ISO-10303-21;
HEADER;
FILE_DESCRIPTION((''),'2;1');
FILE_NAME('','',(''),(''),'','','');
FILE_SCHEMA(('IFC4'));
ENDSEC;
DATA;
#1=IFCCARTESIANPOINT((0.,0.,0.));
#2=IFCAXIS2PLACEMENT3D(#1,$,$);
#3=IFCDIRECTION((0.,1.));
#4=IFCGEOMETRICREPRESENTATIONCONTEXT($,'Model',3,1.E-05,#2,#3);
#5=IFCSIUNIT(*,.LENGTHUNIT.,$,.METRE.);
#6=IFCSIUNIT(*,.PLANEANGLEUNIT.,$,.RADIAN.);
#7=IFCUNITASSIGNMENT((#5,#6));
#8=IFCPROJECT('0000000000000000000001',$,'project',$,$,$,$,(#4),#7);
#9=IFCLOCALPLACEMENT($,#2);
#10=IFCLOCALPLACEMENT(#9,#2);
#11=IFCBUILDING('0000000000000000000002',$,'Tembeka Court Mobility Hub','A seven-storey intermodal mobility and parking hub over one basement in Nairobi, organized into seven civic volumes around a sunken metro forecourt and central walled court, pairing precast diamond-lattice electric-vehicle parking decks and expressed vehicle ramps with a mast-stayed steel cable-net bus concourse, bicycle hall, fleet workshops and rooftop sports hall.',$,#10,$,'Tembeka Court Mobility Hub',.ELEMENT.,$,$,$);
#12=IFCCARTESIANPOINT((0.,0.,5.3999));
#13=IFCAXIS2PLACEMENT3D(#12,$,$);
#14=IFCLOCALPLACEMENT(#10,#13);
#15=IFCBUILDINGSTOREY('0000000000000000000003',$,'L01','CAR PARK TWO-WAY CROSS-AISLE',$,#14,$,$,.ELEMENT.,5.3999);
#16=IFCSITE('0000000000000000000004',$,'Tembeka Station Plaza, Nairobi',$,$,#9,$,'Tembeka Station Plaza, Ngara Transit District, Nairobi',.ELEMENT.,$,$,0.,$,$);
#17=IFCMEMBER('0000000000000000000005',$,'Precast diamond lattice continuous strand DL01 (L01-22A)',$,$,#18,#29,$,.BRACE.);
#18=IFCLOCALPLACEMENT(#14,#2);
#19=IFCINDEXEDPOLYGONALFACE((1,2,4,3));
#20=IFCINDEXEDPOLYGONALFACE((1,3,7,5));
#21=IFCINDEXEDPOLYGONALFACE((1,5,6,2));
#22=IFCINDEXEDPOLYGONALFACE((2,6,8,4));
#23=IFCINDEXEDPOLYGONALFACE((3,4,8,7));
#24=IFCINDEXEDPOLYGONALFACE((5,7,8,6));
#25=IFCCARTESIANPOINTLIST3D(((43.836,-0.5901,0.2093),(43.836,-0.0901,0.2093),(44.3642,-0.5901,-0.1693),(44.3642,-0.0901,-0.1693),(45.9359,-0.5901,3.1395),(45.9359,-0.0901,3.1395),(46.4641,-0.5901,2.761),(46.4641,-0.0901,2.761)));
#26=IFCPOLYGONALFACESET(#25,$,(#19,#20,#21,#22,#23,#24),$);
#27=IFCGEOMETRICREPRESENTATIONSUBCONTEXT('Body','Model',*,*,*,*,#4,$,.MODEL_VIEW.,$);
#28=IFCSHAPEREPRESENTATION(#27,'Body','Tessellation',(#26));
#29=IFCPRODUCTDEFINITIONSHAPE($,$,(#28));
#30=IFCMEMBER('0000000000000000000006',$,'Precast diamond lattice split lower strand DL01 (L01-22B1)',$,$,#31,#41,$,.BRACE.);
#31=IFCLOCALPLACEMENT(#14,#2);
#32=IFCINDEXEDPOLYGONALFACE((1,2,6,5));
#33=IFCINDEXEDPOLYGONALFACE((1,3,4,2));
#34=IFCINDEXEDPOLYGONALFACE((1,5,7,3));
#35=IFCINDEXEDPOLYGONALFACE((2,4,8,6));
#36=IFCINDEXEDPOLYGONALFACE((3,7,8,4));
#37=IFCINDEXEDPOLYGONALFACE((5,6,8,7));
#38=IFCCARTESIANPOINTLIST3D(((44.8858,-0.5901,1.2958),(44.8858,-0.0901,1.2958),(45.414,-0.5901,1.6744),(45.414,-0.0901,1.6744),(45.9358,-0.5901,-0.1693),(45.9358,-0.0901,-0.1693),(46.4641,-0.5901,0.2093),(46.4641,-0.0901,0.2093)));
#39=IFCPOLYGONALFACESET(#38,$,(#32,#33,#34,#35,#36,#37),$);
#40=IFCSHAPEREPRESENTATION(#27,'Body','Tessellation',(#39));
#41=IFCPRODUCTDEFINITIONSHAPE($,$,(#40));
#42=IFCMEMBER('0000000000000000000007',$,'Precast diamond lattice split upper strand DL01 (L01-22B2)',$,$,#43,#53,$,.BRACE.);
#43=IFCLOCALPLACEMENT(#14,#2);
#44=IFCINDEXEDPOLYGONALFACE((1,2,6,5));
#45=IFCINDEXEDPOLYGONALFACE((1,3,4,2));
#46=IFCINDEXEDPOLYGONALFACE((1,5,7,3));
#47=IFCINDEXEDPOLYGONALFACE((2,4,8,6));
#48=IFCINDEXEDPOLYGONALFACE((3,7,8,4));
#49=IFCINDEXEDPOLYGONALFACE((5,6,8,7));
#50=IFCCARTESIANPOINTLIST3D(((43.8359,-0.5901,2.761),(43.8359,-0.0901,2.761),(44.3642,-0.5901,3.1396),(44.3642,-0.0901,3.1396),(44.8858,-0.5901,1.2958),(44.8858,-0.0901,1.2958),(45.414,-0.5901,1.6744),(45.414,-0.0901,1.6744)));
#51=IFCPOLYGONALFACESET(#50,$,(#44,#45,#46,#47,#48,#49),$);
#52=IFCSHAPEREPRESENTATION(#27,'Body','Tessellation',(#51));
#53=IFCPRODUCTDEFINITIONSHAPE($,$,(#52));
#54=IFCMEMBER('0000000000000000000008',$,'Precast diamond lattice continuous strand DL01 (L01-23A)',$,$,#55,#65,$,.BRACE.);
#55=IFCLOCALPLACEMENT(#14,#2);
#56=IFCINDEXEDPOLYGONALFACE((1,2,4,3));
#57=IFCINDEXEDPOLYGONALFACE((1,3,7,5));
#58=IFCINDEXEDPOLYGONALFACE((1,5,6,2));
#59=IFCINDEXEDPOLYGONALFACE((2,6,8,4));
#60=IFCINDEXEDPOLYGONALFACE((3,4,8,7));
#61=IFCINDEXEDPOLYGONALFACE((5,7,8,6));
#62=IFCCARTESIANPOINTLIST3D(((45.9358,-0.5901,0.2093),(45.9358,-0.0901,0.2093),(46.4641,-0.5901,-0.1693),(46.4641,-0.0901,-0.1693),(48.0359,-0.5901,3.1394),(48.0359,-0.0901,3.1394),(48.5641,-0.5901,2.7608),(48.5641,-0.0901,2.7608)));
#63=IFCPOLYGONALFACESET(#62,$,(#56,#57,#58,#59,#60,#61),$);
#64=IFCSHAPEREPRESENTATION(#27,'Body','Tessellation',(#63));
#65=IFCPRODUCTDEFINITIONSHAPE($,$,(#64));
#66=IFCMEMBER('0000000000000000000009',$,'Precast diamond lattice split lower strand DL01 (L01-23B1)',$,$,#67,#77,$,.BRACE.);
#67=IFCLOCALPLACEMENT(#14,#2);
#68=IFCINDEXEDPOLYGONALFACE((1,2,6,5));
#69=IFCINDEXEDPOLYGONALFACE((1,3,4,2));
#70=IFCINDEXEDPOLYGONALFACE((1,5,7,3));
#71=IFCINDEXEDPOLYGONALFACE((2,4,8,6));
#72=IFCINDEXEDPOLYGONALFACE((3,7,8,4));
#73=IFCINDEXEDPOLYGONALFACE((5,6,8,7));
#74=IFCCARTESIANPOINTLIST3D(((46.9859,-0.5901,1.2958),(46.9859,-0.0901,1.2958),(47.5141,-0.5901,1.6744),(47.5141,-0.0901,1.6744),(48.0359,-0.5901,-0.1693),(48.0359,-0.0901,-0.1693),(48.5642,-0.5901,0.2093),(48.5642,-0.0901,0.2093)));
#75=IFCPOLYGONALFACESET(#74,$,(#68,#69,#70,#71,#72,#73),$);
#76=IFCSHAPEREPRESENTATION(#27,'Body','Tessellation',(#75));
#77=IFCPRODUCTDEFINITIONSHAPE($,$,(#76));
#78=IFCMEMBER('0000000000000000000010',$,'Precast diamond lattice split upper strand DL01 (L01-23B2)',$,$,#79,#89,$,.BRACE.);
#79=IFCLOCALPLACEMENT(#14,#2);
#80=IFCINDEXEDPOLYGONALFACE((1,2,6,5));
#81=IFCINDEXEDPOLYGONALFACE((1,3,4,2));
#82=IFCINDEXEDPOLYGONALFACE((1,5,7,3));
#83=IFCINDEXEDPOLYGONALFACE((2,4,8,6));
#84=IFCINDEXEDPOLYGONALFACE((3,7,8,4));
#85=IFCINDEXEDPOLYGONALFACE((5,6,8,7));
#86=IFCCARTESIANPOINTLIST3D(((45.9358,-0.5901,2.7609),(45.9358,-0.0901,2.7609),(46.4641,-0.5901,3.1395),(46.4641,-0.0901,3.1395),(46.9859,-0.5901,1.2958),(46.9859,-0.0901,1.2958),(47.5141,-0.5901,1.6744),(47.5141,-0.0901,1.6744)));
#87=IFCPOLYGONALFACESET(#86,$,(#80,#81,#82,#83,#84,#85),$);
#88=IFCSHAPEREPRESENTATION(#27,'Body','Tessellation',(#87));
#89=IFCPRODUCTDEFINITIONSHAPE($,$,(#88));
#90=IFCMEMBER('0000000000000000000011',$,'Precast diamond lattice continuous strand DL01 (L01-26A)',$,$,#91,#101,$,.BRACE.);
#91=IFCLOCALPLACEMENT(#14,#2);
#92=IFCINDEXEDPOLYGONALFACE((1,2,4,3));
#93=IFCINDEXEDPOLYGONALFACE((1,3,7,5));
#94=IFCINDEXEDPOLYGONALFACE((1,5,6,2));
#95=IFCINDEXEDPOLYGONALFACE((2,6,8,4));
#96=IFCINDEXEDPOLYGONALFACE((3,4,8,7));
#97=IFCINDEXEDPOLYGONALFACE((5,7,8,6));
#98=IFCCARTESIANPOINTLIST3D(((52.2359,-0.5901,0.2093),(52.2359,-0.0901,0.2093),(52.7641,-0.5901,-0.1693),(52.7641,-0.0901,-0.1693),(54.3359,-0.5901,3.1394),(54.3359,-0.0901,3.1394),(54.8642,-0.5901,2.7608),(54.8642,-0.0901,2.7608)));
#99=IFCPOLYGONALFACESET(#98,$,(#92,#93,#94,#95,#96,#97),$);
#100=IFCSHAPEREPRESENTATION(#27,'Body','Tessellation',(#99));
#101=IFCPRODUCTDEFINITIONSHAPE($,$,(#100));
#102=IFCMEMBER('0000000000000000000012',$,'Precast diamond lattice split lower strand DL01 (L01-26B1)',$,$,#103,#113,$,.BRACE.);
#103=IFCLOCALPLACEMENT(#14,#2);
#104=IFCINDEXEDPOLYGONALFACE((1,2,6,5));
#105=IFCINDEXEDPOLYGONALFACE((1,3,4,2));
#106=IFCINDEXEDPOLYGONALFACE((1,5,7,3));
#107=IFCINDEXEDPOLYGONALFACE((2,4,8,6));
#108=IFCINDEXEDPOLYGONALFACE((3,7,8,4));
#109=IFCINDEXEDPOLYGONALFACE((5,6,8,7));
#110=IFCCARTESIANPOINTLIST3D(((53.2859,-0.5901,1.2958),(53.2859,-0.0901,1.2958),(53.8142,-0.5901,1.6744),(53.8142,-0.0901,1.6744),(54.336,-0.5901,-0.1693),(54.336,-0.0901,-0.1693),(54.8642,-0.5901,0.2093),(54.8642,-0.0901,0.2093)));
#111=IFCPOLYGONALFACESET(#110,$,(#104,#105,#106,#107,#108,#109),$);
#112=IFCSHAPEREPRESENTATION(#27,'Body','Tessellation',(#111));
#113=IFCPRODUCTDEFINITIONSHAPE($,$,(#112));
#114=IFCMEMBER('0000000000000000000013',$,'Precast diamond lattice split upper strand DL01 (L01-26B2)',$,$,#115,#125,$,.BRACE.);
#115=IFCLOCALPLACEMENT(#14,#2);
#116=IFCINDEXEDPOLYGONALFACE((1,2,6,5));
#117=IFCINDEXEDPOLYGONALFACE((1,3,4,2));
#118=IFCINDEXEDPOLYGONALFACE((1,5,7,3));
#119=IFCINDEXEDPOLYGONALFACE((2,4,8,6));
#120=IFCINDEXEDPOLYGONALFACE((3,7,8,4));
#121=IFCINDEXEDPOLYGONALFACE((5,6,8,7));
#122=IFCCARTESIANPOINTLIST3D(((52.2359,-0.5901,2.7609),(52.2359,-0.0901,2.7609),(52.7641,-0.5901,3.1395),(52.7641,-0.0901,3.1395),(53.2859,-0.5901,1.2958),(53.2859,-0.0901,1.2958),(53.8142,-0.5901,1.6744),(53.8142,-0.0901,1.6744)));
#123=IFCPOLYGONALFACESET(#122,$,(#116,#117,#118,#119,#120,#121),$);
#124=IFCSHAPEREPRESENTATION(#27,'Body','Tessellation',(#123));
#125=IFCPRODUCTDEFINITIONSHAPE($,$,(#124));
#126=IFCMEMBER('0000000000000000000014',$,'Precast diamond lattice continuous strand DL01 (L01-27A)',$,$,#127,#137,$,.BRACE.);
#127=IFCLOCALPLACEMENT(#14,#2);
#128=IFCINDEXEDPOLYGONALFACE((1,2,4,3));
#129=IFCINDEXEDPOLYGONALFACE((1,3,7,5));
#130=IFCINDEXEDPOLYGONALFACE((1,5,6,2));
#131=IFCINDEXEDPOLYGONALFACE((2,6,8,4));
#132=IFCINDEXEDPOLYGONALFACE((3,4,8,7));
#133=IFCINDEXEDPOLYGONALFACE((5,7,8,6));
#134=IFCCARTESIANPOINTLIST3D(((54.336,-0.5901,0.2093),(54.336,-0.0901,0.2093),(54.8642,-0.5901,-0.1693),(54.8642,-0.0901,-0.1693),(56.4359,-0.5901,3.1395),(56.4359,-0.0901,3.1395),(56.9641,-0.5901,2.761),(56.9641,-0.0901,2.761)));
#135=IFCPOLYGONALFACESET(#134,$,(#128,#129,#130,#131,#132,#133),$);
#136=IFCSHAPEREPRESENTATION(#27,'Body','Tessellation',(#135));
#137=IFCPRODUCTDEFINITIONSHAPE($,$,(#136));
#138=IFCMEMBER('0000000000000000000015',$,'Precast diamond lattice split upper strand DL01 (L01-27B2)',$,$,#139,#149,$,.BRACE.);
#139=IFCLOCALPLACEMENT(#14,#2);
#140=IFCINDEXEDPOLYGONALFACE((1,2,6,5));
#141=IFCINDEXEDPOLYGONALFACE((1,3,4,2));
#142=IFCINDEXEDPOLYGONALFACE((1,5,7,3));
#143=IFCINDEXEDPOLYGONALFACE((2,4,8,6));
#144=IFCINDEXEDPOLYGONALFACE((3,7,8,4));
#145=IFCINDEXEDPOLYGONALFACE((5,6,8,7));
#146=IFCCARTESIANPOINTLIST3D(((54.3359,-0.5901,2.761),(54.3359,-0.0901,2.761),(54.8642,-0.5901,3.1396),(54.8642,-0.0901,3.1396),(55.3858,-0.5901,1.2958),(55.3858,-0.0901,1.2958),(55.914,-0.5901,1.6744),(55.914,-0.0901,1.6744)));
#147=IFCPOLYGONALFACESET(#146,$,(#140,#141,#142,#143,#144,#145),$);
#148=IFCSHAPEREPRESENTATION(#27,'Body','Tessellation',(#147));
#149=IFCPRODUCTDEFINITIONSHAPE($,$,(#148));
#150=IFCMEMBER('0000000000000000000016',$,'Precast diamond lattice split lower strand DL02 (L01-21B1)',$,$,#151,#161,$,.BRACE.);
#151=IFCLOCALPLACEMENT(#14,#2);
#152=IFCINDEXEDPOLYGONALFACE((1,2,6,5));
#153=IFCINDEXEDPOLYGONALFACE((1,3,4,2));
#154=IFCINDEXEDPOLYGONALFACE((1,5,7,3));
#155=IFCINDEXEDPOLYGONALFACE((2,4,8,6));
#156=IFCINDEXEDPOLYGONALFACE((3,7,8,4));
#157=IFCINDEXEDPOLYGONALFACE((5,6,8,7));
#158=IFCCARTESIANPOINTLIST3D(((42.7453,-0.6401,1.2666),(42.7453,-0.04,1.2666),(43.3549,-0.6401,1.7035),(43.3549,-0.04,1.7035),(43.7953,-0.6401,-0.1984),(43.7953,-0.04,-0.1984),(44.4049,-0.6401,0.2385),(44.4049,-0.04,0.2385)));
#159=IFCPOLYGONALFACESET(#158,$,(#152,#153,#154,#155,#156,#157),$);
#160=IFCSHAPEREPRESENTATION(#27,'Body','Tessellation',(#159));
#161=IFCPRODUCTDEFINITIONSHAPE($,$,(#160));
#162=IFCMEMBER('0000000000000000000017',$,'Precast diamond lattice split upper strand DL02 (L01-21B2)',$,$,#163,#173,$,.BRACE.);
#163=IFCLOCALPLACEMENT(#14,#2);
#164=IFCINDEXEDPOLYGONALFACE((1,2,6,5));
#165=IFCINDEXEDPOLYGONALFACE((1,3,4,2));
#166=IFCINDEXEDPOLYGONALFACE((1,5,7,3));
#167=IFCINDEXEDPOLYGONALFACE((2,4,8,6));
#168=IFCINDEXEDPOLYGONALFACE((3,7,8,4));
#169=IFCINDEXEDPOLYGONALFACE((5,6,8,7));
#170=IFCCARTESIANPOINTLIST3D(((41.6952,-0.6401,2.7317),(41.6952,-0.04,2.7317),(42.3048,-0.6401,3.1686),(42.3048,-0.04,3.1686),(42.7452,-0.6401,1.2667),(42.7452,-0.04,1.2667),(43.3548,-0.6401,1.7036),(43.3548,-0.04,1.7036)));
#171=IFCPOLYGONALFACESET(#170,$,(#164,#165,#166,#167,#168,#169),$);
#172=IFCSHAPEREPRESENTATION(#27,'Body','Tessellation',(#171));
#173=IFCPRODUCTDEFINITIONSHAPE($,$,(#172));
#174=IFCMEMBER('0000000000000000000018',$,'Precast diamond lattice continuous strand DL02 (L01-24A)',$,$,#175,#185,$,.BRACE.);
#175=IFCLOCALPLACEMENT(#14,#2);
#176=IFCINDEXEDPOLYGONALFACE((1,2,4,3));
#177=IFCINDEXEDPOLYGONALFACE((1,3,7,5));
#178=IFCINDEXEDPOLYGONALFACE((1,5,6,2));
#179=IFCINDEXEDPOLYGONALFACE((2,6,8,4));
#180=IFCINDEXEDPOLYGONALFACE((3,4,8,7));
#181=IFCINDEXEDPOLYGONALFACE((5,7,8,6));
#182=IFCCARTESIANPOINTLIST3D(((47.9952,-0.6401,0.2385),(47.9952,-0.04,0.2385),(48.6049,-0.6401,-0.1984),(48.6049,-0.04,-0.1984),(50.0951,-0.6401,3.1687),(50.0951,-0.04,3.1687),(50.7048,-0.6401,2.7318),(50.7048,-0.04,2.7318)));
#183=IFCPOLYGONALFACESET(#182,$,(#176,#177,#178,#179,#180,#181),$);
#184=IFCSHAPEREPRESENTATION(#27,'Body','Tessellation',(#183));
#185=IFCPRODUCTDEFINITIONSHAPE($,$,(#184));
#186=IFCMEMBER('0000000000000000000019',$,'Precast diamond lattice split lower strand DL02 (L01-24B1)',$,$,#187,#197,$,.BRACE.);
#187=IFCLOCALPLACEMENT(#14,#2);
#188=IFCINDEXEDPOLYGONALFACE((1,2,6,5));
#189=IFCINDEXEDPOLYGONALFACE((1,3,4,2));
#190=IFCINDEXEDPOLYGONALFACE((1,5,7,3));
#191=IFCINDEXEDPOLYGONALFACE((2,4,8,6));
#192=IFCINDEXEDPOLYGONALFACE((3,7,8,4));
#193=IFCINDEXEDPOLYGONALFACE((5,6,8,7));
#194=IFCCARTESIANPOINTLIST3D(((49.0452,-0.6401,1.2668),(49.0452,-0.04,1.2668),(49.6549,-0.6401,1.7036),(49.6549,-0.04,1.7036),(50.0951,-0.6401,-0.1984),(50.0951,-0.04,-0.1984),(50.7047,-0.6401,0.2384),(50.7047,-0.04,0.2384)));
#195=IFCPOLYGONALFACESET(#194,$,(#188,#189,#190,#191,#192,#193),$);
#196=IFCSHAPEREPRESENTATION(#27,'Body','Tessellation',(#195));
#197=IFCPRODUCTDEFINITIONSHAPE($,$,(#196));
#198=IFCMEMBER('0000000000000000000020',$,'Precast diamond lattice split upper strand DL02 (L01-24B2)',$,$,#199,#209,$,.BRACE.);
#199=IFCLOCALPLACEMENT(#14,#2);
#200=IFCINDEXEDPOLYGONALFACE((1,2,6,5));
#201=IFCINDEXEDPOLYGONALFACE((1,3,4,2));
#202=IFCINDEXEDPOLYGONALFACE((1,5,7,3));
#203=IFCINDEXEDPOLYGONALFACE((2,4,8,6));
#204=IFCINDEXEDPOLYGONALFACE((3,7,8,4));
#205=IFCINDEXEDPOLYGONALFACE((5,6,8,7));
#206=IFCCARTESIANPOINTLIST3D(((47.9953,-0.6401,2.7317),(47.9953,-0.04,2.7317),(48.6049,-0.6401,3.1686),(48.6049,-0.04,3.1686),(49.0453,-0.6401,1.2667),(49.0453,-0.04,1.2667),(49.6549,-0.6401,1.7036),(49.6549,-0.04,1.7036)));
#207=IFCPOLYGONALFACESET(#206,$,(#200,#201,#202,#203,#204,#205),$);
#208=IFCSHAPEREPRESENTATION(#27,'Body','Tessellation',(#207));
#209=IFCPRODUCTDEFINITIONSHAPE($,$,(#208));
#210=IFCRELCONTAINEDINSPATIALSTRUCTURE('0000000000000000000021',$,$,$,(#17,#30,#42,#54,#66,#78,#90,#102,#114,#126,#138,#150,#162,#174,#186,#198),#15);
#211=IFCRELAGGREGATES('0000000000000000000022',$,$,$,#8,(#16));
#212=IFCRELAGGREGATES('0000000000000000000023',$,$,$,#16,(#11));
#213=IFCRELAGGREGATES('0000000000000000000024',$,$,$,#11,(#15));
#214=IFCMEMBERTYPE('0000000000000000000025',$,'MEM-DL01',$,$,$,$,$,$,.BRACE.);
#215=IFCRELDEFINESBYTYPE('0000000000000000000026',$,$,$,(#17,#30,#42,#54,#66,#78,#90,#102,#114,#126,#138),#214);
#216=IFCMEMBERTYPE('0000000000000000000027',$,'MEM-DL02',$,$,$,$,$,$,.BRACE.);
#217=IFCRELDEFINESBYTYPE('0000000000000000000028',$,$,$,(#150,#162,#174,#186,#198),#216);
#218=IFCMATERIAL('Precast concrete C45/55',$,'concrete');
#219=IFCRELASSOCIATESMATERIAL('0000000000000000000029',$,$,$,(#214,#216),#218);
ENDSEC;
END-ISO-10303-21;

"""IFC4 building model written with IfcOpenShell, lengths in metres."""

from ifc_helpers import new_model, si_unit, direction, frame, origin, origin_2d, place, context, subcontext, project, spatial, rectangle, extrude, material, material_profile, profile_set, type_object, element, save


model = new_model("IFC4")

# Units and contexts
model_context = context("Model", 3, precision=1e-05, world=origin(), true_north=direction((0.0, 1.0)))
body_context = subcontext(model_context, "Body", "Model", "MODEL_VIEW")
ifc_project = project(units=[si_unit("LENGTHUNIT", "METRE"), si_unit("PLANEANGLEUNIT", "RADIAN")], contexts=[model_context])

# Site, building, storey
site_placement = place(None, origin())
site = spatial("IfcSite", under=ifc_project, at=site_placement, Name="Tembeka Station Plaza, Nairobi", LongName="Tembeka Station Plaza, Ngara Transit District, Nairobi", CompositionType="ELEMENT", RefElevation=0.0)
building_placement = place(site_placement, origin())
building = spatial("IfcBuilding", under=site, at=building_placement, Name="Tembeka Court Mobility Hub", Description="A seven-storey intermodal mobility and parking hub over one basement in Nairobi, organized into seven civic volumes around a sunken metro forecourt and central walled court, pairing precast diamond-lattice electric-vehicle parking decks and expressed vehicle ramps with a mast-stayed steel cable-net bus concourse, bicycle hall, fleet workshops and rooftop sports hall.", LongName="Tembeka Court Mobility Hub", CompositionType="ELEMENT")
storey_placement = place(building_placement, frame((0.0, 0.0, 5.3999)))
storey = spatial("IfcBuildingStorey", under=building, at=storey_placement, Name="L01", Description="CAR PARK TWO-WAY CROSS-AISLE", CompositionType="ELEMENT", Elevation=5.3999)

# Members
ifc_material = material(Name="Precast concrete C45/55", Category="concrete")
ifc_material_profile_1 = material_profile(ifc_material, rectangle(XDim=0.5, YDim=0.6499, at=origin_2d()), Name="PC-DIAG 500x650")
ifc_profile_set_1 = profile_set([ifc_material_profile_1], Name="Precast concrete C45/55")
member_type_1 = type_object("IfcMemberType", Name="MEM-DL01", PredefinedType="BRACE", material=ifc_profile_set_1)
member_1_placement = place(storey_placement, frame((44.1001, -0.3401, 0.02), z_axis=(0.5825, 0.0, 0.812831), x_axis=(0.0, 1.0, 0.0)))
element("IfcMember", 1, at=member_1_placement, inside=storey, type_object=member_type_1, Name="Precast diamond lattice continuous strand DL01 (L01-22A)", PredefinedType="BRACE", context=body_context, shape_type="SweptSolid", body=[
    extrude(rectangle(XDim=0.5, YDim=0.6499, at=origin_2d()), origin(), (0.0, 0.0, 1.0), 3.605),
])
for number, where, z_axis, x_axis, name in (
    (2, (46.2, -0.3401, 0.02), (-0.582544, 0.0, 0.812799), (0.0, -1.0, 0.0), "Precast diamond lattice split lower strand DL01 (L01-22B1)"),
    (3, (45.1499, -0.3401, 1.4851), (-0.582455, 0.0, 0.812863), (0.0, -1.0, 0.0), "Precast diamond lattice split upper strand DL01 (L01-22B2)"),
):
    element("IfcMember", number, at=place(storey_placement, frame(where, z_axis=z_axis, x_axis=x_axis)), inside=storey, type_object=member_type_1, Name=name, PredefinedType="BRACE", context=body_context, shape_type="SweptSolid", body=[
        extrude(rectangle(XDim=0.5, YDim=0.6499, at=origin_2d()), origin(), (0.0, 0.0, 1.0), 1.8025),
    ])
member_2_placement = place(storey_placement, frame((46.2, -0.3401, 0.02), z_axis=(0.582544, 0.0, 0.812799), x_axis=(0.0, 1.0, 0.0)))
element("IfcMember", 4, at=member_2_placement, inside=storey, type_object=member_type_1, Name="Precast diamond lattice continuous strand DL01 (L01-23A)", PredefinedType="BRACE", context=body_context, shape_type="SweptSolid", body=[
    extrude(rectangle(XDim=0.5, YDim=0.6499, at=origin_2d()), origin(), (0.0, 0.0, 1.0), 3.605),
])
for number, where, z_axis, x_axis, name in (
    (5, (48.3, -0.3401, 0.02), (-0.582544, 0.0, 0.812799), (0.0, -1.0, 0.0), "Precast diamond lattice split lower strand DL01 (L01-23B1)"),
    (6, (47.25, -0.3401, 1.4851), (-0.582544, 0.0, 0.812799), (0.0, -1.0, 0.0), "Precast diamond lattice split upper strand DL01 (L01-23B2)"),
):
    element("IfcMember", number, at=place(storey_placement, frame(where, z_axis=z_axis, x_axis=x_axis)), inside=storey, type_object=member_type_1, Name=name, PredefinedType="BRACE", context=body_context, shape_type="SweptSolid", body=[
        extrude(rectangle(XDim=0.5, YDim=0.6499, at=origin_2d()), origin(), (0.0, 0.0, 1.0), 1.8025),
    ])
member_3_placement = place(storey_placement, frame((52.5, -0.3401, 0.02), z_axis=(0.582544, 0.0, 0.812799), x_axis=(0.0, 1.0, 0.0)))
element("IfcMember", 7, at=member_3_placement, inside=storey, type_object=member_type_1, Name="Precast diamond lattice continuous strand DL01 (L01-26A)", PredefinedType="BRACE", context=body_context, shape_type="SweptSolid", body=[
    extrude(rectangle(XDim=0.5, YDim=0.6499, at=origin_2d()), origin(), (0.0, 0.0, 1.0), 3.605),
])
for number, where, z_axis, x_axis, name in (
    (8, (54.6001, -0.3401, 0.02), (-0.582544, 0.0, 0.812799), (0.0, -1.0, 0.0), "Precast diamond lattice split lower strand DL01 (L01-26B1)"),
    (9, (53.55, -0.3401, 1.4851), (-0.582544, 0.0, 0.812799), (0.0, -1.0, 0.0), "Precast diamond lattice split upper strand DL01 (L01-26B2)"),
):
    element("IfcMember", number, at=place(storey_placement, frame(where, z_axis=z_axis, x_axis=x_axis)), inside=storey, type_object=member_type_1, Name=name, PredefinedType="BRACE", context=body_context, shape_type="SweptSolid", body=[
        extrude(rectangle(XDim=0.5, YDim=0.6499, at=origin_2d()), origin(), (0.0, 0.0, 1.0), 1.8025),
    ])
member_4_placement = place(storey_placement, frame((54.6001, -0.3401, 0.02), z_axis=(0.5825, 0.0, 0.812831), x_axis=(0.0, 1.0, 0.0)))
element("IfcMember", 10, at=member_4_placement, inside=storey, type_object=member_type_1, Name="Precast diamond lattice continuous strand DL01 (L01-27A)", PredefinedType="BRACE", context=body_context, shape_type="SweptSolid", body=[
    extrude(rectangle(XDim=0.5, YDim=0.6499, at=origin_2d()), origin(), (0.0, 0.0, 1.0), 3.605),
])
member_5_placement = place(storey_placement, frame((55.6499, -0.3401, 1.4851), z_axis=(-0.582455, 0.0, 0.812863), x_axis=(0.0, -1.0, 0.0)))
element("IfcMember", 11, at=member_5_placement, inside=storey, type_object=member_type_1, Name="Precast diamond lattice split upper strand DL01 (L01-27B2)", PredefinedType="BRACE", context=body_context, shape_type="SweptSolid", body=[
    extrude(rectangle(XDim=0.5, YDim=0.6499, at=origin_2d()), origin(), (0.0, 0.0, 1.0), 1.8025),
])
ifc_material_profile_2 = material_profile(ifc_material, rectangle(XDim=0.6001, YDim=0.75, at=origin_2d()), Name="PC-DIAG 600x750")
ifc_profile_set_2 = profile_set([ifc_material_profile_2], Name="Precast concrete C45/55")
member_type_2 = type_object("IfcMemberType", Name="MEM-DL02", PredefinedType="BRACE", material=ifc_profile_set_2)
for number, where, z_axis, x_axis, name in (
    (12, (44.1001, -0.3401, 0.02), (-0.582544, 0.0, 0.812799), (0.0, -1.0, 0.0), "Precast diamond lattice split lower strand DL02 (L01-21B1)"),
    (13, (43.05, -0.3401, 1.4851), (-0.582544, 0.0, 0.812799), (0.0, -1.0, 0.0), "Precast diamond lattice split upper strand DL02 (L01-21B2)"),
):
    element("IfcMember", number, at=place(storey_placement, frame(where, z_axis=z_axis, x_axis=x_axis)), inside=storey, type_object=member_type_2, Name=name, PredefinedType="BRACE", context=body_context, shape_type="SweptSolid", body=[
        extrude(rectangle(XDim=0.6001, YDim=0.75, at=origin_2d()), origin(), (0.0, 0.0, 1.0), 1.8025),
    ])
member_6_placement = place(storey_placement, frame((48.3, -0.3401, 0.02), z_axis=(0.5825, 0.0, 0.812831), x_axis=(0.0, 1.0, 0.0)))
element("IfcMember", 14, at=member_6_placement, inside=storey, type_object=member_type_2, Name="Precast diamond lattice continuous strand DL02 (L01-24A)", PredefinedType="BRACE", context=body_context, shape_type="SweptSolid", body=[
    extrude(rectangle(XDim=0.6001, YDim=0.75, at=origin_2d()), origin(), (0.0, 0.0, 1.0), 3.605),
])
for number, where, z_axis, x_axis, name in (
    (15, (50.3999, -0.3401, 0.02), (-0.582455, 0.0, 0.812863), (0.0, -1.0, 0.0), "Precast diamond lattice split lower strand DL02 (L01-24B1)"),
    (16, (49.3501, -0.3401, 1.4851), (-0.582544, 0.0, 0.812799), (0.0, -1.0, 0.0), "Precast diamond lattice split upper strand DL02 (L01-24B2)"),
):
    element("IfcMember", number, at=place(storey_placement, frame(where, z_axis=z_axis, x_axis=x_axis)), inside=storey, type_object=member_type_2, Name=name, PredefinedType="BRACE", context=body_context, shape_type="SweptSolid", body=[
        extrude(rectangle(XDim=0.6001, YDim=0.75, at=origin_2d()), origin(), (0.0, 0.0, 1.0), 1.8025),
    ])

save(model, "model.ifc")
